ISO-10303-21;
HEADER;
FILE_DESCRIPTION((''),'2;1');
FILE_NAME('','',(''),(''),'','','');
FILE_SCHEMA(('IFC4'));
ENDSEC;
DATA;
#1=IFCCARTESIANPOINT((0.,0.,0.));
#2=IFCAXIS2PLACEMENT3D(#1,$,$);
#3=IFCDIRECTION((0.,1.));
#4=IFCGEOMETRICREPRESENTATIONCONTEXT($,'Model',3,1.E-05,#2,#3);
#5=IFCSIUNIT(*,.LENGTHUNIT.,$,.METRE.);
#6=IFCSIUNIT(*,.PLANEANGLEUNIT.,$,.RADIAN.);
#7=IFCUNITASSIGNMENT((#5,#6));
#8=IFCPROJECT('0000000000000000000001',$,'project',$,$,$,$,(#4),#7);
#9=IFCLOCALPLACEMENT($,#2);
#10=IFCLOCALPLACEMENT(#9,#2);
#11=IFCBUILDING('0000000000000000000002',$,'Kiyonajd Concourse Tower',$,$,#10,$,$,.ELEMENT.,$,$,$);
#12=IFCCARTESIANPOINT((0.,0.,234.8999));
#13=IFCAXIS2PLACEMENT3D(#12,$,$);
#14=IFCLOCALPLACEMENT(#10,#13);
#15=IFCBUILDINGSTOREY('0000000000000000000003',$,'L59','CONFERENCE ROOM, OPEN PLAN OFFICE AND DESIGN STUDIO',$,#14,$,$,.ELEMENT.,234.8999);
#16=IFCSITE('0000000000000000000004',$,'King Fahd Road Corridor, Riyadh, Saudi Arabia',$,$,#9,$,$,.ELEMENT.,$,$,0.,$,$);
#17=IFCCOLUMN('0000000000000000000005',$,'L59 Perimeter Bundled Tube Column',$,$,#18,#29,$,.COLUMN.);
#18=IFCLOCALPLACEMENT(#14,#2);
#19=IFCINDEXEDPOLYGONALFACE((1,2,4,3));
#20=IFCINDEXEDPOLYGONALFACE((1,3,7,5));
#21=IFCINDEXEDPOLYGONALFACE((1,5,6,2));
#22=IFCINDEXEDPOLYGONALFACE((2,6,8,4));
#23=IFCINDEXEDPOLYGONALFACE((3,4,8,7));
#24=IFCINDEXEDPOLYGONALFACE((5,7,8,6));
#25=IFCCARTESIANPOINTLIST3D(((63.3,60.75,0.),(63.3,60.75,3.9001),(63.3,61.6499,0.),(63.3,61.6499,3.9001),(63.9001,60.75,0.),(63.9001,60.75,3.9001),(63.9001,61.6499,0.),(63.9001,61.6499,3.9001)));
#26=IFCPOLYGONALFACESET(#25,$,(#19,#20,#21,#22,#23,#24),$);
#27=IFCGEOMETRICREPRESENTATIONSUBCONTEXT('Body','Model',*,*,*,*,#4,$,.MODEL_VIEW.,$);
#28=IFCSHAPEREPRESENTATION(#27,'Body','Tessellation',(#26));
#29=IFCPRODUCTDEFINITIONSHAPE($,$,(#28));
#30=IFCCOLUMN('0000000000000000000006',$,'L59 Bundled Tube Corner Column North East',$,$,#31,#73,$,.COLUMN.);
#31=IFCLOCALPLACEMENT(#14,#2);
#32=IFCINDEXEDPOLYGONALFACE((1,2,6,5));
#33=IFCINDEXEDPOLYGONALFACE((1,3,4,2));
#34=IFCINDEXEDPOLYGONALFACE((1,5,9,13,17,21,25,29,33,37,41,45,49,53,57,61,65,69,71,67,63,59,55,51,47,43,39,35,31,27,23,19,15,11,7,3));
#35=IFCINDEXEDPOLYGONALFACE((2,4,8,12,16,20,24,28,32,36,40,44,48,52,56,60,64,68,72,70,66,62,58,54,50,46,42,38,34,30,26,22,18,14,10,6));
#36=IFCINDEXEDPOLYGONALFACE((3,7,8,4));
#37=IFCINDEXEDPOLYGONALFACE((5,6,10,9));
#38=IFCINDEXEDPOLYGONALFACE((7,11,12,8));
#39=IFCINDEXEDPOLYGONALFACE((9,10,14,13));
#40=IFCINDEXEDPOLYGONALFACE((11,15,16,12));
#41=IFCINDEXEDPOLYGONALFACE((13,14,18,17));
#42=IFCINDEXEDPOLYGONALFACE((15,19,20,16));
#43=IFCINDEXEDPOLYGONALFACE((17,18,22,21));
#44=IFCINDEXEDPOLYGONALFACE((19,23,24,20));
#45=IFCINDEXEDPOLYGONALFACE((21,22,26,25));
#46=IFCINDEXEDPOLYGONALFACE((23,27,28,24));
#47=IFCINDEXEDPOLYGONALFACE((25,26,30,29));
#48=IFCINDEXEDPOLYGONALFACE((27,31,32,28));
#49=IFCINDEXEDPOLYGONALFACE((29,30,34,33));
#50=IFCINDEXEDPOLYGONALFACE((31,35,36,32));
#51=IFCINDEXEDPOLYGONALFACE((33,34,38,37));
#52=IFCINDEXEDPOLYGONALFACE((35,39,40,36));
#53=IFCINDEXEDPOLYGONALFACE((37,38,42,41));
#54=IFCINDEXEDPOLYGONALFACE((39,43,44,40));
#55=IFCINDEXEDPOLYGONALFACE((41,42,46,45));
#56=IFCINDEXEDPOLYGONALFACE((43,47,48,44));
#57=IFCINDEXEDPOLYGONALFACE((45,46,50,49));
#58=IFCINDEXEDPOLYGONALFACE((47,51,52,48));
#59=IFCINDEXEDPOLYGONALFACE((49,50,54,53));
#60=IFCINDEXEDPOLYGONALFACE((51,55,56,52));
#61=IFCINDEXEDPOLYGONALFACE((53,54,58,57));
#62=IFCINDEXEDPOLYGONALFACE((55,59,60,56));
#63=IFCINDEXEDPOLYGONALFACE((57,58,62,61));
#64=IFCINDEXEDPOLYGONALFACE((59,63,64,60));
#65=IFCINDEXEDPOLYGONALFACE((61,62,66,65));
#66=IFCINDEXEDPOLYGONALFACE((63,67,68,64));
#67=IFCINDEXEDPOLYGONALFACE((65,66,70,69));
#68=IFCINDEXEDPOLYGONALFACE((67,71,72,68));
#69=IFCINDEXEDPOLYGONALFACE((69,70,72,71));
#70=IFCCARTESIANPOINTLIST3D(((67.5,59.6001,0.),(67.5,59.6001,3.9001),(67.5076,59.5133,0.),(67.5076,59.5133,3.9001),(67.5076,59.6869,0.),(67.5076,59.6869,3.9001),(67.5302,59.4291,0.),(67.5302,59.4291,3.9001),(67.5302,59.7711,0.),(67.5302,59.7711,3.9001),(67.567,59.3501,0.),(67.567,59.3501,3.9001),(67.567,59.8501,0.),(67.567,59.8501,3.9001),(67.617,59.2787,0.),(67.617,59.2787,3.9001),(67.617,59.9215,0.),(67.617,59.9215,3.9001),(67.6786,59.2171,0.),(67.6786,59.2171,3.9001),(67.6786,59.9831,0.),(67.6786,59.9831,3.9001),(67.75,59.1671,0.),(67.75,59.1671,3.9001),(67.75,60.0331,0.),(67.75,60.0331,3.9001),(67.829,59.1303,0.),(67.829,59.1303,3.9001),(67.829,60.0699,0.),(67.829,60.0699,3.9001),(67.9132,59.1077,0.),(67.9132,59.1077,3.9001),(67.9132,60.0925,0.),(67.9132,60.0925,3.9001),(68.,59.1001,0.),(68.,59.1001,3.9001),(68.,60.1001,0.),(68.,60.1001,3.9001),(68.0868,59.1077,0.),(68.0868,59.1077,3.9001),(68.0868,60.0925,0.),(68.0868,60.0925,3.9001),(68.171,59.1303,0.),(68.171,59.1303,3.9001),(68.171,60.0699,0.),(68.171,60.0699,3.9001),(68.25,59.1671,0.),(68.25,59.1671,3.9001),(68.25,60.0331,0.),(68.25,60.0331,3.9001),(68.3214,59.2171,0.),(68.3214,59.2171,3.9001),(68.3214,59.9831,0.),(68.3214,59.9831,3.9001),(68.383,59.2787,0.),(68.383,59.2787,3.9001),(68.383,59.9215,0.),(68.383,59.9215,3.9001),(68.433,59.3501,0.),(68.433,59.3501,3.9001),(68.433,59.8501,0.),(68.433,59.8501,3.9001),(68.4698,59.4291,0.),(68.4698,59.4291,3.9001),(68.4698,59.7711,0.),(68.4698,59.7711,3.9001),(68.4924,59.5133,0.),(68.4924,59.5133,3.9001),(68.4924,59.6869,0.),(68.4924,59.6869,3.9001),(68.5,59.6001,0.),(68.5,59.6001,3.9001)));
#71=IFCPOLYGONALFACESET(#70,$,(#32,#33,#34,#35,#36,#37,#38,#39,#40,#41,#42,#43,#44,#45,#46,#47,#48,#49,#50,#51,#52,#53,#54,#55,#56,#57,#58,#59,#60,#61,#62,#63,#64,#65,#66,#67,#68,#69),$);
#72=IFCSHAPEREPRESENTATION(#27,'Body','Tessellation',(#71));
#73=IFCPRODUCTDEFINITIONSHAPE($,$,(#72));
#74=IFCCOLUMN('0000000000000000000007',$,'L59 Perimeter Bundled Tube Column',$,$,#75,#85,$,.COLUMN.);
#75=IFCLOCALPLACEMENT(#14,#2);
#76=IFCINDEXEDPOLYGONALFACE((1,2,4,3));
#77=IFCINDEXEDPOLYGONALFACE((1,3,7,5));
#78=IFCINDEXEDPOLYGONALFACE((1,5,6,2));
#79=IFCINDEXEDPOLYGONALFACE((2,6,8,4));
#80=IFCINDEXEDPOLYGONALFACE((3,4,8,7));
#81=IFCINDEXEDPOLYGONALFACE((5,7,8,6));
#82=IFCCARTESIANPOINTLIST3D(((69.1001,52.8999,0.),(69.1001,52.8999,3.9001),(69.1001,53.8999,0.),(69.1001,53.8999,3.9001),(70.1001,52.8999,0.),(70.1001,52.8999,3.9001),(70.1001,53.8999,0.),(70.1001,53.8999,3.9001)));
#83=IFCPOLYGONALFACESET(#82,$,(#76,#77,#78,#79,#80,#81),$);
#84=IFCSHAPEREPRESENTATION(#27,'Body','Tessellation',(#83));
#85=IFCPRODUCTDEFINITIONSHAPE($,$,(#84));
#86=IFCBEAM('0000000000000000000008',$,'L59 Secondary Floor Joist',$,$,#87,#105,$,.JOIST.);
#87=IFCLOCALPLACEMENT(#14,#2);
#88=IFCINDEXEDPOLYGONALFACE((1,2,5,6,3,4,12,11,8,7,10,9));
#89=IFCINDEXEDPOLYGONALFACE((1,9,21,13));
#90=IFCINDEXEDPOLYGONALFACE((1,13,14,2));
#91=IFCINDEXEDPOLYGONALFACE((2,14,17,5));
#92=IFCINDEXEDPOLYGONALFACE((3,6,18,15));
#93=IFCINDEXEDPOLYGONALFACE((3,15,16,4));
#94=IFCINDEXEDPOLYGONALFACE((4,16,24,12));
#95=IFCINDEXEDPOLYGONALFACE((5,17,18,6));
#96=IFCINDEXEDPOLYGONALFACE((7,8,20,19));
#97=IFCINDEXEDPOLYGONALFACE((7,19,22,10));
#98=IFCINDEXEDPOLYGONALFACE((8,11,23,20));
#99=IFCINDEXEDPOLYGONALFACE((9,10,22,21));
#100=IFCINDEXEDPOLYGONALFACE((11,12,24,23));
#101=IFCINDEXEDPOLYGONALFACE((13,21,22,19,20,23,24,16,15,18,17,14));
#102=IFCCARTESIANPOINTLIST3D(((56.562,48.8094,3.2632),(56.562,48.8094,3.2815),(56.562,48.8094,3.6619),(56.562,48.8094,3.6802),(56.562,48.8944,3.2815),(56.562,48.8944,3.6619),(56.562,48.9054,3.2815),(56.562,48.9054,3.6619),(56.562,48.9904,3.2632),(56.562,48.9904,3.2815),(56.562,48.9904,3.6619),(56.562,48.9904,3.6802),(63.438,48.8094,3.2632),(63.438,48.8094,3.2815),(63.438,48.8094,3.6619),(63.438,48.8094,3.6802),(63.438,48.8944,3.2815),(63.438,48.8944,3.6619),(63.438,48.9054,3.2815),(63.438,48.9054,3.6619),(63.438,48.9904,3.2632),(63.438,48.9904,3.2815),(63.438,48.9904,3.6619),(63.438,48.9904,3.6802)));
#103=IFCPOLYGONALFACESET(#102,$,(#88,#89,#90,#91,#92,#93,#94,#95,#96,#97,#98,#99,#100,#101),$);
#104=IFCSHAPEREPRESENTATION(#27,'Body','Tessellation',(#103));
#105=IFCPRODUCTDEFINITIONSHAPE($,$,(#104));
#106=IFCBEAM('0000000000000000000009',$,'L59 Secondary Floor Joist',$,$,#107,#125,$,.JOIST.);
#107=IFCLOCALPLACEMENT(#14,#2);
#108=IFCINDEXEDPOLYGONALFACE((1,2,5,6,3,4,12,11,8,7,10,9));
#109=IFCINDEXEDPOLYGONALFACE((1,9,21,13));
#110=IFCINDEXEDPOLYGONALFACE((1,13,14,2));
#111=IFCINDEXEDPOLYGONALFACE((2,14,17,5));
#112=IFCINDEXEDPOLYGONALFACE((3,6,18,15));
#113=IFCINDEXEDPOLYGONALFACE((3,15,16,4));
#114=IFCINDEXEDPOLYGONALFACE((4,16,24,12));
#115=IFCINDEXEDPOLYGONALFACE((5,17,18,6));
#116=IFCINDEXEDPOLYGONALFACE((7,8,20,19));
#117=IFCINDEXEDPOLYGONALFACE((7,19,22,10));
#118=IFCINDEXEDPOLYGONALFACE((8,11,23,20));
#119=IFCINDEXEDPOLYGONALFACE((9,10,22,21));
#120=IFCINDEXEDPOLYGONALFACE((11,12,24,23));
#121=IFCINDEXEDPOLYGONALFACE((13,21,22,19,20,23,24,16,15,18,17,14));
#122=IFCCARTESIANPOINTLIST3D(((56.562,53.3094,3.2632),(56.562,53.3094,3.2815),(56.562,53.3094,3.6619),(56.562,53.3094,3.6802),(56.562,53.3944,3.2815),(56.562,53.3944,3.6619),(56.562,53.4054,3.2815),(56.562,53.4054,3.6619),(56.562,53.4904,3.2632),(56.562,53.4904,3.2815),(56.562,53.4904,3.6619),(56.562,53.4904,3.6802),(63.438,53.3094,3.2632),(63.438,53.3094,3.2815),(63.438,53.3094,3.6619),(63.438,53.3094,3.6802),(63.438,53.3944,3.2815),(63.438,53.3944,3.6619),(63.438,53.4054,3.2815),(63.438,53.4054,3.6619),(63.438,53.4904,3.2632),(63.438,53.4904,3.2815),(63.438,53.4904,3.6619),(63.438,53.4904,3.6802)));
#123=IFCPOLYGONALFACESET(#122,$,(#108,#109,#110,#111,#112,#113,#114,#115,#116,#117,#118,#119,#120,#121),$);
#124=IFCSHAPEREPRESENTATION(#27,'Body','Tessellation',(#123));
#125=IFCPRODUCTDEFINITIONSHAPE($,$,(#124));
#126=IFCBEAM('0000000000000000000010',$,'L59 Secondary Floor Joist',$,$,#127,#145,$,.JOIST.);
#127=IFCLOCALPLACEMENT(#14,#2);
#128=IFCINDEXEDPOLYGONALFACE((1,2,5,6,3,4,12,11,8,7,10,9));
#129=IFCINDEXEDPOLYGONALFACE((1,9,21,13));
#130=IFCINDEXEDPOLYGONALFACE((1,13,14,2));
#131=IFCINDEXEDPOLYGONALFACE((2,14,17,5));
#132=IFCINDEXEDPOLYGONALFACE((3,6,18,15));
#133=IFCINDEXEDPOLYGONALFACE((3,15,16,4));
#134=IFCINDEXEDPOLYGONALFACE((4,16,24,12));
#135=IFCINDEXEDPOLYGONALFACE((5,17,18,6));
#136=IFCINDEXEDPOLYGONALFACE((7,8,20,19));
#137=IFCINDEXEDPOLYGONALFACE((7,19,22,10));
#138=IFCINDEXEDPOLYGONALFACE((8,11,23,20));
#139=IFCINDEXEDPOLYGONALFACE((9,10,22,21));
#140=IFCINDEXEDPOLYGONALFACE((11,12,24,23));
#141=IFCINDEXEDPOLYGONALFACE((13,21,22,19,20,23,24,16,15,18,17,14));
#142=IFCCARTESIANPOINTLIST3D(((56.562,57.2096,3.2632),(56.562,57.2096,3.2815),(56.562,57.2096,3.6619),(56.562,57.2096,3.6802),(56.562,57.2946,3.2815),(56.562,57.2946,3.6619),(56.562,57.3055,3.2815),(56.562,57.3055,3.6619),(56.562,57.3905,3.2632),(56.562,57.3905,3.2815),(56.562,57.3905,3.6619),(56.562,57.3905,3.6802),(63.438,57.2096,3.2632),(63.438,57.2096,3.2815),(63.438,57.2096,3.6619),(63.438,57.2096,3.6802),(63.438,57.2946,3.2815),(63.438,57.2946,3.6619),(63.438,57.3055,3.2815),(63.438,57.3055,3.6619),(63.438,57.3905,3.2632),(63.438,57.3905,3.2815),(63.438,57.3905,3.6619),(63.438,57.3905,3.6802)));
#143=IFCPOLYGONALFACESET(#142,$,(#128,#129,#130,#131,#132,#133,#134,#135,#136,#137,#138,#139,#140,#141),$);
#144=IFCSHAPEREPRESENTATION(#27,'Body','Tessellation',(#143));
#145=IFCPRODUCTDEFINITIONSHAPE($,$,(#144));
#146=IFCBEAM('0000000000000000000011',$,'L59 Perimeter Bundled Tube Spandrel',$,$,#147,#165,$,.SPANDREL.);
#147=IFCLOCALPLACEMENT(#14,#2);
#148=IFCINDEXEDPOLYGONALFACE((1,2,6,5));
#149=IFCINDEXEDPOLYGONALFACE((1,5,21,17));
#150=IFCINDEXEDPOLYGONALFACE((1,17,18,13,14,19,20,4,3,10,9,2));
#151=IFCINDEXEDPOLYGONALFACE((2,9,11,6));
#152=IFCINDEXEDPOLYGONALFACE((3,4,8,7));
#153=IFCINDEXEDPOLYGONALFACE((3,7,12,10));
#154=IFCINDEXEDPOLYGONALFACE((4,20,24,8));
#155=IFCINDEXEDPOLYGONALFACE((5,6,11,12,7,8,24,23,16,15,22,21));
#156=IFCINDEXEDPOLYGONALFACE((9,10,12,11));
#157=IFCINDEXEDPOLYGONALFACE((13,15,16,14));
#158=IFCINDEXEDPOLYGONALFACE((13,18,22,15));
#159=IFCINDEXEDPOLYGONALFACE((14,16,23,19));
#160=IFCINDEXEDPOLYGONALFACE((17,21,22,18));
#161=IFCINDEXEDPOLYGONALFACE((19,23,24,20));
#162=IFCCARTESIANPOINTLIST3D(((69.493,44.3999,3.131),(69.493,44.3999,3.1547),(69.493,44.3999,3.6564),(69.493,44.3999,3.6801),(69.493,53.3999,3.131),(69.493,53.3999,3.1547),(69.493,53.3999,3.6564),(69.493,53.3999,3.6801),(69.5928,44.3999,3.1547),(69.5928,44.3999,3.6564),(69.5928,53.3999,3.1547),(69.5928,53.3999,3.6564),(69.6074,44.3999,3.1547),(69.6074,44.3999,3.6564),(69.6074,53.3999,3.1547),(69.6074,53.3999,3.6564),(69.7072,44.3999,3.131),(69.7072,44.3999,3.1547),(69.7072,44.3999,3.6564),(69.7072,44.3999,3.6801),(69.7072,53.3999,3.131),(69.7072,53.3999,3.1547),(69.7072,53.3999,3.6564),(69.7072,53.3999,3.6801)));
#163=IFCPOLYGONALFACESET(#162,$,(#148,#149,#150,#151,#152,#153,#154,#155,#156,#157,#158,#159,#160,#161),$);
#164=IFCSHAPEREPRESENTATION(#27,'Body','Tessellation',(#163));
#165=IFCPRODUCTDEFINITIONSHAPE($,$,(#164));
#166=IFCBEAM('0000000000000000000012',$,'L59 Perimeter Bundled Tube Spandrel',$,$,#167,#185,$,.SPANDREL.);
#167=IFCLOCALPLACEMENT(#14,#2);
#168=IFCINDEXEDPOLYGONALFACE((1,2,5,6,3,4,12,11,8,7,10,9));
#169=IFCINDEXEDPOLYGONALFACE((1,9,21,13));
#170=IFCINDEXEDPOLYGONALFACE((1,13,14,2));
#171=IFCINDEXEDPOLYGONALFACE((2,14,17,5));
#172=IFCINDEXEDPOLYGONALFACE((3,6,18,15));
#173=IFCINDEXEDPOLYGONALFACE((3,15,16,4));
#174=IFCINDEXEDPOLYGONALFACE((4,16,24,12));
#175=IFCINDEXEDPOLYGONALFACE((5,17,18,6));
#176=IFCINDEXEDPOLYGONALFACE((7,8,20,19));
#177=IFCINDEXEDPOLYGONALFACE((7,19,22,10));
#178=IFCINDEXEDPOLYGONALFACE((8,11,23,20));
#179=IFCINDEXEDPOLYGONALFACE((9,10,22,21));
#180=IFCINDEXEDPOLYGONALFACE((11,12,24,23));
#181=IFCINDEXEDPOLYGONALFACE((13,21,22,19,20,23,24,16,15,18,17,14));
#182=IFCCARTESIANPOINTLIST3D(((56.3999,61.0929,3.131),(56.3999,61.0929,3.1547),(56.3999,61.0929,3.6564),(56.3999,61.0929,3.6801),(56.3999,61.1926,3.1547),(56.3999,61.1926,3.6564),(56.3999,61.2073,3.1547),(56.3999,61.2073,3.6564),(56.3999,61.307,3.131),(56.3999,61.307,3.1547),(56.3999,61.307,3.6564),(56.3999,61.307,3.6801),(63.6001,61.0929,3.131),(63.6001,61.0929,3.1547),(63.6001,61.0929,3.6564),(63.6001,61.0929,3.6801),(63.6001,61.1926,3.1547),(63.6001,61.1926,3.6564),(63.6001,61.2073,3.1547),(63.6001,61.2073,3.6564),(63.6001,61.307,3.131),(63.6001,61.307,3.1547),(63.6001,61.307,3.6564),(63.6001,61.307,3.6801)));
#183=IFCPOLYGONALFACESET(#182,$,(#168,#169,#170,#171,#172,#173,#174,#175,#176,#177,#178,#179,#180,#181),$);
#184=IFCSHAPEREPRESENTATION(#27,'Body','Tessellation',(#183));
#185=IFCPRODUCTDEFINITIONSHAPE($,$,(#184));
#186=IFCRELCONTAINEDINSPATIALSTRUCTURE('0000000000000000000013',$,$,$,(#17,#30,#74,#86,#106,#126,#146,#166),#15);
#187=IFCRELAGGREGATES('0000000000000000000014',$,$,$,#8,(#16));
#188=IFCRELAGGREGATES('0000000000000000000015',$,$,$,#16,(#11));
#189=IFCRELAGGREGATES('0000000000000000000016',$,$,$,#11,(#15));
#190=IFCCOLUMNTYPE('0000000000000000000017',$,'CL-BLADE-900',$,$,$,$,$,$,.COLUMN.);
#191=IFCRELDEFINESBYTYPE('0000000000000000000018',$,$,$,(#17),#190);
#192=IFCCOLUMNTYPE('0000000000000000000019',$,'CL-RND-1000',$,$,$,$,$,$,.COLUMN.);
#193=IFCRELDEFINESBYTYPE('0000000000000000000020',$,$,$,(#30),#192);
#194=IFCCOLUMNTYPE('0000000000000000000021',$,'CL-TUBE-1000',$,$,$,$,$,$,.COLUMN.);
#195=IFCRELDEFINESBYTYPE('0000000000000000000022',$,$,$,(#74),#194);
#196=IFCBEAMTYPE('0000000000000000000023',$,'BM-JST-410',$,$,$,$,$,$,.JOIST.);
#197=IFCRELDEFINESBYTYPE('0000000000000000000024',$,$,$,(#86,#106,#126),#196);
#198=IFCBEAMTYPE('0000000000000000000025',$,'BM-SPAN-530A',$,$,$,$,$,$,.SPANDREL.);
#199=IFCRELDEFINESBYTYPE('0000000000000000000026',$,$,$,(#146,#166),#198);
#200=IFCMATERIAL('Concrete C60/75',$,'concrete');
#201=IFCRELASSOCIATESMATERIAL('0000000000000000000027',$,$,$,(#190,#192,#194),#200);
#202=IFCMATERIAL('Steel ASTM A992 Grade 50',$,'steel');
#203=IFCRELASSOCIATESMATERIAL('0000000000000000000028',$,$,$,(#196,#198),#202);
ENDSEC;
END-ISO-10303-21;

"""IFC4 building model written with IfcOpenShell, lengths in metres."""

from ifc_helpers import new_model, si_unit, direction, frame, origin, origin_2d, place, context, subcontext, project, spatial, rectangle, circle, i_section, extrude, material, material_profile, profile_set, type_object, element, save


model = new_model("IFC4")

# Units and contexts
model_context = context("Model", 3, precision=1e-05, world=origin(), true_north=direction((0.0, 1.0)))
body_context = subcontext(model_context, "Body", "Model", "MODEL_VIEW")
ifc_project = project(units=[si_unit("LENGTHUNIT", "METRE"), si_unit("PLANEANGLEUNIT", "RADIAN")], contexts=[model_context])

# Site, building, storey
site_placement = place(None, origin())
site = spatial("IfcSite", under=ifc_project, at=site_placement, Name="King Fahd Road Corridor, Riyadh, Saudi Arabia", CompositionType="ELEMENT", RefElevation=0.0)
building_placement = place(site_placement, origin())
building = spatial("IfcBuilding", under=site, at=building_placement, Name="Kiyonajd Concourse Tower", CompositionType="ELEMENT")
storey_placement = place(building_placement, frame((0.0, 0.0, 234.8999)))
storey = spatial("IfcBuildingStorey", under=building, at=storey_placement, Name="L59", Description="CONFERENCE ROOM, OPEN PLAN OFFICE AND DESIGN STUDIO", CompositionType="ELEMENT", Elevation=234.8999)

# Columns
ifc_material_1 = material(Name="Concrete C60/75", Category="concrete")
ifc_material_profile_1 = material_profile(ifc_material_1, rectangle(XDim=0.6001, YDim=0.8999, at=origin_2d()), Name="RC-900x600")
ifc_profile_set_1 = profile_set([ifc_material_profile_1], Name="Concrete C60/75")
column_type_1 = type_object("IfcColumnType", Name="CL-BLADE-900", PredefinedType="COLUMN", material=ifc_profile_set_1)
column_1_placement = place(storey_placement, frame((63.6001, 61.2, 0.0), z_axis=(0.0, 0.0, 1.0), x_axis=(1.0, 0.0, 0.0)))
element("IfcColumn", 1, at=column_1_placement, inside=storey, type_object=column_type_1, Name="L59 Perimeter Bundled Tube Column", PredefinedType="COLUMN", context=body_context, shape_type="SweptSolid", body=[
    extrude(rectangle(XDim=0.6001, YDim=0.8999, at=origin_2d()), origin(), (0.0, 0.0, 1.0), 3.9001),
])
ifc_material_profile_2 = material_profile(ifc_material_1, circle(Radius=0.5, at=origin_2d()), Name="RCC-D1000")
ifc_profile_set_2 = profile_set([ifc_material_profile_2], Name="Concrete C60/75")
column_type_2 = type_object("IfcColumnType", Name="CL-RND-1000", PredefinedType="COLUMN", material=ifc_profile_set_2)
column_2_placement = place(storey_placement, frame((68.0, 59.6001, 0.0), z_axis=(0.0, 0.0, 1.0), x_axis=(1.0, 0.0, 0.0)))
element("IfcColumn", 2, at=column_2_placement, inside=storey, type_object=column_type_2, Name="L59 Bundled Tube Corner Column North East", PredefinedType="COLUMN", context=body_context, shape_type="SweptSolid", body=[
    extrude(circle(Radius=0.5, at=origin_2d()), origin(), (0.0, 0.0, 1.0), 3.9001),
])
ifc_material_profile_3 = material_profile(ifc_material_1, rectangle(XDim=1.0, YDim=1.0, at=origin_2d()), Name="RC-1000x1000")
ifc_profile_set_3 = profile_set([ifc_material_profile_3], Name="Concrete C60/75")
column_type_3 = type_object("IfcColumnType", Name="CL-TUBE-1000", PredefinedType="COLUMN", material=ifc_profile_set_3)
column_3_placement = place(storey_placement, frame((69.6001, 53.3999, 0.0), z_axis=(0.0, 0.0, 1.0), x_axis=(1.0, 0.0, 0.0)))
element("IfcColumn", 3, at=column_3_placement, inside=storey, type_object=column_type_3, Name="L59 Perimeter Bundled Tube Column", PredefinedType="COLUMN", context=body_context, shape_type="SweptSolid", body=[
    extrude(rectangle(XDim=1.0, YDim=1.0, at=origin_2d()), origin(), (0.0, 0.0, 1.0), 3.9001),
])

# Beams
ifc_material_2 = material(Name="Steel ASTM A992 Grade 50", Category="steel")
ifc_material_profile_4 = material_profile(ifc_material_2, i_section(OverallWidth=0.1809, OverallDepth=0.417, WebThickness=0.011, FlangeThickness=0.0183, at=origin_2d()), Name="W410X85")
ifc_profile_set_4 = profile_set([ifc_material_profile_4], Name="Steel ASTM A992 Grade 50")
beam_type_1 = type_object("IfcBeamType", Name="BM-JST-410", PredefinedType="JOIST", material=ifc_profile_set_4)
for number, where, z_axis, x_axis, name in (
    (4, (56.562, 48.8999, 3.4717), (1.0, 0.0, 0.0), (0.0, 1.0, 0.0), "L59 Secondary Floor Joist"),
    (5, (56.562, 53.3999, 3.4717), (1.0, 0.0, 0.0), (0.0, 1.0, 0.0), "L59 Secondary Floor Joist"),
    (6, (56.562, 57.3, 3.4717), (1.0, 0.0, 0.0), (0.0, 1.0, 0.0), "L59 Secondary Floor Joist"),
):
    element("IfcBeam", number, at=place(storey_placement, frame(where, z_axis=z_axis, x_axis=x_axis)), inside=storey, type_object=beam_type_1, Name=name, PredefinedType="JOIST", context=body_context, shape_type="SweptSolid", body=[
        extrude(i_section(OverallWidth=0.1809, OverallDepth=0.417, WebThickness=0.011, FlangeThickness=0.0183, at=origin_2d()), origin(), (0.0, 0.0, 1.0), 6.876),
    ])
ifc_material_profile_5 = material_profile(ifc_material_2, i_section(OverallWidth=0.2141, OverallDepth=0.5491, WebThickness=0.0146, FlangeThickness=0.0237, at=origin_2d()), Name="W530X138")
ifc_profile_set_5 = profile_set([ifc_material_profile_5], Name="Steel ASTM A992 Grade 50")
beam_type_2 = type_object("IfcBeamType", Name="BM-SPAN-530A", PredefinedType="SPANDREL", material=ifc_profile_set_5)
beam_1_placement = place(storey_placement, frame((69.6001, 44.3999, 3.4055), z_axis=(0.0, 1.0, 0.0), x_axis=(-1.0, 0.0, 0.0)))
element("IfcBeam", 7, at=beam_1_placement, inside=storey, type_object=beam_type_2, Name="L59 Perimeter Bundled Tube Spandrel", PredefinedType="SPANDREL", context=body_context, shape_type="SweptSolid", body=[
    extrude(i_section(OverallWidth=0.2141, OverallDepth=0.5491, WebThickness=0.0146, FlangeThickness=0.0237, at=origin_2d()), origin(), (0.0, 0.0, 1.0), 9.0),
])
beam_2_placement = place(storey_placement, frame((63.6001, 61.2, 3.4055), z_axis=(-1.0, 0.0, 0.0), x_axis=(0.0, -1.0, 0.0)))
element("IfcBeam", 8, at=beam_2_placement, inside=storey, type_object=beam_type_2, Name="L59 Perimeter Bundled Tube Spandrel", PredefinedType="SPANDREL", context=body_context, shape_type="SweptSolid", body=[
    extrude(i_section(OverallWidth=0.2141, OverallDepth=0.5491, WebThickness=0.0146, FlangeThickness=0.0237, at=origin_2d()), origin(), (0.0, 0.0, 1.0), 7.2002),
])

save(model, "model.ifc")
